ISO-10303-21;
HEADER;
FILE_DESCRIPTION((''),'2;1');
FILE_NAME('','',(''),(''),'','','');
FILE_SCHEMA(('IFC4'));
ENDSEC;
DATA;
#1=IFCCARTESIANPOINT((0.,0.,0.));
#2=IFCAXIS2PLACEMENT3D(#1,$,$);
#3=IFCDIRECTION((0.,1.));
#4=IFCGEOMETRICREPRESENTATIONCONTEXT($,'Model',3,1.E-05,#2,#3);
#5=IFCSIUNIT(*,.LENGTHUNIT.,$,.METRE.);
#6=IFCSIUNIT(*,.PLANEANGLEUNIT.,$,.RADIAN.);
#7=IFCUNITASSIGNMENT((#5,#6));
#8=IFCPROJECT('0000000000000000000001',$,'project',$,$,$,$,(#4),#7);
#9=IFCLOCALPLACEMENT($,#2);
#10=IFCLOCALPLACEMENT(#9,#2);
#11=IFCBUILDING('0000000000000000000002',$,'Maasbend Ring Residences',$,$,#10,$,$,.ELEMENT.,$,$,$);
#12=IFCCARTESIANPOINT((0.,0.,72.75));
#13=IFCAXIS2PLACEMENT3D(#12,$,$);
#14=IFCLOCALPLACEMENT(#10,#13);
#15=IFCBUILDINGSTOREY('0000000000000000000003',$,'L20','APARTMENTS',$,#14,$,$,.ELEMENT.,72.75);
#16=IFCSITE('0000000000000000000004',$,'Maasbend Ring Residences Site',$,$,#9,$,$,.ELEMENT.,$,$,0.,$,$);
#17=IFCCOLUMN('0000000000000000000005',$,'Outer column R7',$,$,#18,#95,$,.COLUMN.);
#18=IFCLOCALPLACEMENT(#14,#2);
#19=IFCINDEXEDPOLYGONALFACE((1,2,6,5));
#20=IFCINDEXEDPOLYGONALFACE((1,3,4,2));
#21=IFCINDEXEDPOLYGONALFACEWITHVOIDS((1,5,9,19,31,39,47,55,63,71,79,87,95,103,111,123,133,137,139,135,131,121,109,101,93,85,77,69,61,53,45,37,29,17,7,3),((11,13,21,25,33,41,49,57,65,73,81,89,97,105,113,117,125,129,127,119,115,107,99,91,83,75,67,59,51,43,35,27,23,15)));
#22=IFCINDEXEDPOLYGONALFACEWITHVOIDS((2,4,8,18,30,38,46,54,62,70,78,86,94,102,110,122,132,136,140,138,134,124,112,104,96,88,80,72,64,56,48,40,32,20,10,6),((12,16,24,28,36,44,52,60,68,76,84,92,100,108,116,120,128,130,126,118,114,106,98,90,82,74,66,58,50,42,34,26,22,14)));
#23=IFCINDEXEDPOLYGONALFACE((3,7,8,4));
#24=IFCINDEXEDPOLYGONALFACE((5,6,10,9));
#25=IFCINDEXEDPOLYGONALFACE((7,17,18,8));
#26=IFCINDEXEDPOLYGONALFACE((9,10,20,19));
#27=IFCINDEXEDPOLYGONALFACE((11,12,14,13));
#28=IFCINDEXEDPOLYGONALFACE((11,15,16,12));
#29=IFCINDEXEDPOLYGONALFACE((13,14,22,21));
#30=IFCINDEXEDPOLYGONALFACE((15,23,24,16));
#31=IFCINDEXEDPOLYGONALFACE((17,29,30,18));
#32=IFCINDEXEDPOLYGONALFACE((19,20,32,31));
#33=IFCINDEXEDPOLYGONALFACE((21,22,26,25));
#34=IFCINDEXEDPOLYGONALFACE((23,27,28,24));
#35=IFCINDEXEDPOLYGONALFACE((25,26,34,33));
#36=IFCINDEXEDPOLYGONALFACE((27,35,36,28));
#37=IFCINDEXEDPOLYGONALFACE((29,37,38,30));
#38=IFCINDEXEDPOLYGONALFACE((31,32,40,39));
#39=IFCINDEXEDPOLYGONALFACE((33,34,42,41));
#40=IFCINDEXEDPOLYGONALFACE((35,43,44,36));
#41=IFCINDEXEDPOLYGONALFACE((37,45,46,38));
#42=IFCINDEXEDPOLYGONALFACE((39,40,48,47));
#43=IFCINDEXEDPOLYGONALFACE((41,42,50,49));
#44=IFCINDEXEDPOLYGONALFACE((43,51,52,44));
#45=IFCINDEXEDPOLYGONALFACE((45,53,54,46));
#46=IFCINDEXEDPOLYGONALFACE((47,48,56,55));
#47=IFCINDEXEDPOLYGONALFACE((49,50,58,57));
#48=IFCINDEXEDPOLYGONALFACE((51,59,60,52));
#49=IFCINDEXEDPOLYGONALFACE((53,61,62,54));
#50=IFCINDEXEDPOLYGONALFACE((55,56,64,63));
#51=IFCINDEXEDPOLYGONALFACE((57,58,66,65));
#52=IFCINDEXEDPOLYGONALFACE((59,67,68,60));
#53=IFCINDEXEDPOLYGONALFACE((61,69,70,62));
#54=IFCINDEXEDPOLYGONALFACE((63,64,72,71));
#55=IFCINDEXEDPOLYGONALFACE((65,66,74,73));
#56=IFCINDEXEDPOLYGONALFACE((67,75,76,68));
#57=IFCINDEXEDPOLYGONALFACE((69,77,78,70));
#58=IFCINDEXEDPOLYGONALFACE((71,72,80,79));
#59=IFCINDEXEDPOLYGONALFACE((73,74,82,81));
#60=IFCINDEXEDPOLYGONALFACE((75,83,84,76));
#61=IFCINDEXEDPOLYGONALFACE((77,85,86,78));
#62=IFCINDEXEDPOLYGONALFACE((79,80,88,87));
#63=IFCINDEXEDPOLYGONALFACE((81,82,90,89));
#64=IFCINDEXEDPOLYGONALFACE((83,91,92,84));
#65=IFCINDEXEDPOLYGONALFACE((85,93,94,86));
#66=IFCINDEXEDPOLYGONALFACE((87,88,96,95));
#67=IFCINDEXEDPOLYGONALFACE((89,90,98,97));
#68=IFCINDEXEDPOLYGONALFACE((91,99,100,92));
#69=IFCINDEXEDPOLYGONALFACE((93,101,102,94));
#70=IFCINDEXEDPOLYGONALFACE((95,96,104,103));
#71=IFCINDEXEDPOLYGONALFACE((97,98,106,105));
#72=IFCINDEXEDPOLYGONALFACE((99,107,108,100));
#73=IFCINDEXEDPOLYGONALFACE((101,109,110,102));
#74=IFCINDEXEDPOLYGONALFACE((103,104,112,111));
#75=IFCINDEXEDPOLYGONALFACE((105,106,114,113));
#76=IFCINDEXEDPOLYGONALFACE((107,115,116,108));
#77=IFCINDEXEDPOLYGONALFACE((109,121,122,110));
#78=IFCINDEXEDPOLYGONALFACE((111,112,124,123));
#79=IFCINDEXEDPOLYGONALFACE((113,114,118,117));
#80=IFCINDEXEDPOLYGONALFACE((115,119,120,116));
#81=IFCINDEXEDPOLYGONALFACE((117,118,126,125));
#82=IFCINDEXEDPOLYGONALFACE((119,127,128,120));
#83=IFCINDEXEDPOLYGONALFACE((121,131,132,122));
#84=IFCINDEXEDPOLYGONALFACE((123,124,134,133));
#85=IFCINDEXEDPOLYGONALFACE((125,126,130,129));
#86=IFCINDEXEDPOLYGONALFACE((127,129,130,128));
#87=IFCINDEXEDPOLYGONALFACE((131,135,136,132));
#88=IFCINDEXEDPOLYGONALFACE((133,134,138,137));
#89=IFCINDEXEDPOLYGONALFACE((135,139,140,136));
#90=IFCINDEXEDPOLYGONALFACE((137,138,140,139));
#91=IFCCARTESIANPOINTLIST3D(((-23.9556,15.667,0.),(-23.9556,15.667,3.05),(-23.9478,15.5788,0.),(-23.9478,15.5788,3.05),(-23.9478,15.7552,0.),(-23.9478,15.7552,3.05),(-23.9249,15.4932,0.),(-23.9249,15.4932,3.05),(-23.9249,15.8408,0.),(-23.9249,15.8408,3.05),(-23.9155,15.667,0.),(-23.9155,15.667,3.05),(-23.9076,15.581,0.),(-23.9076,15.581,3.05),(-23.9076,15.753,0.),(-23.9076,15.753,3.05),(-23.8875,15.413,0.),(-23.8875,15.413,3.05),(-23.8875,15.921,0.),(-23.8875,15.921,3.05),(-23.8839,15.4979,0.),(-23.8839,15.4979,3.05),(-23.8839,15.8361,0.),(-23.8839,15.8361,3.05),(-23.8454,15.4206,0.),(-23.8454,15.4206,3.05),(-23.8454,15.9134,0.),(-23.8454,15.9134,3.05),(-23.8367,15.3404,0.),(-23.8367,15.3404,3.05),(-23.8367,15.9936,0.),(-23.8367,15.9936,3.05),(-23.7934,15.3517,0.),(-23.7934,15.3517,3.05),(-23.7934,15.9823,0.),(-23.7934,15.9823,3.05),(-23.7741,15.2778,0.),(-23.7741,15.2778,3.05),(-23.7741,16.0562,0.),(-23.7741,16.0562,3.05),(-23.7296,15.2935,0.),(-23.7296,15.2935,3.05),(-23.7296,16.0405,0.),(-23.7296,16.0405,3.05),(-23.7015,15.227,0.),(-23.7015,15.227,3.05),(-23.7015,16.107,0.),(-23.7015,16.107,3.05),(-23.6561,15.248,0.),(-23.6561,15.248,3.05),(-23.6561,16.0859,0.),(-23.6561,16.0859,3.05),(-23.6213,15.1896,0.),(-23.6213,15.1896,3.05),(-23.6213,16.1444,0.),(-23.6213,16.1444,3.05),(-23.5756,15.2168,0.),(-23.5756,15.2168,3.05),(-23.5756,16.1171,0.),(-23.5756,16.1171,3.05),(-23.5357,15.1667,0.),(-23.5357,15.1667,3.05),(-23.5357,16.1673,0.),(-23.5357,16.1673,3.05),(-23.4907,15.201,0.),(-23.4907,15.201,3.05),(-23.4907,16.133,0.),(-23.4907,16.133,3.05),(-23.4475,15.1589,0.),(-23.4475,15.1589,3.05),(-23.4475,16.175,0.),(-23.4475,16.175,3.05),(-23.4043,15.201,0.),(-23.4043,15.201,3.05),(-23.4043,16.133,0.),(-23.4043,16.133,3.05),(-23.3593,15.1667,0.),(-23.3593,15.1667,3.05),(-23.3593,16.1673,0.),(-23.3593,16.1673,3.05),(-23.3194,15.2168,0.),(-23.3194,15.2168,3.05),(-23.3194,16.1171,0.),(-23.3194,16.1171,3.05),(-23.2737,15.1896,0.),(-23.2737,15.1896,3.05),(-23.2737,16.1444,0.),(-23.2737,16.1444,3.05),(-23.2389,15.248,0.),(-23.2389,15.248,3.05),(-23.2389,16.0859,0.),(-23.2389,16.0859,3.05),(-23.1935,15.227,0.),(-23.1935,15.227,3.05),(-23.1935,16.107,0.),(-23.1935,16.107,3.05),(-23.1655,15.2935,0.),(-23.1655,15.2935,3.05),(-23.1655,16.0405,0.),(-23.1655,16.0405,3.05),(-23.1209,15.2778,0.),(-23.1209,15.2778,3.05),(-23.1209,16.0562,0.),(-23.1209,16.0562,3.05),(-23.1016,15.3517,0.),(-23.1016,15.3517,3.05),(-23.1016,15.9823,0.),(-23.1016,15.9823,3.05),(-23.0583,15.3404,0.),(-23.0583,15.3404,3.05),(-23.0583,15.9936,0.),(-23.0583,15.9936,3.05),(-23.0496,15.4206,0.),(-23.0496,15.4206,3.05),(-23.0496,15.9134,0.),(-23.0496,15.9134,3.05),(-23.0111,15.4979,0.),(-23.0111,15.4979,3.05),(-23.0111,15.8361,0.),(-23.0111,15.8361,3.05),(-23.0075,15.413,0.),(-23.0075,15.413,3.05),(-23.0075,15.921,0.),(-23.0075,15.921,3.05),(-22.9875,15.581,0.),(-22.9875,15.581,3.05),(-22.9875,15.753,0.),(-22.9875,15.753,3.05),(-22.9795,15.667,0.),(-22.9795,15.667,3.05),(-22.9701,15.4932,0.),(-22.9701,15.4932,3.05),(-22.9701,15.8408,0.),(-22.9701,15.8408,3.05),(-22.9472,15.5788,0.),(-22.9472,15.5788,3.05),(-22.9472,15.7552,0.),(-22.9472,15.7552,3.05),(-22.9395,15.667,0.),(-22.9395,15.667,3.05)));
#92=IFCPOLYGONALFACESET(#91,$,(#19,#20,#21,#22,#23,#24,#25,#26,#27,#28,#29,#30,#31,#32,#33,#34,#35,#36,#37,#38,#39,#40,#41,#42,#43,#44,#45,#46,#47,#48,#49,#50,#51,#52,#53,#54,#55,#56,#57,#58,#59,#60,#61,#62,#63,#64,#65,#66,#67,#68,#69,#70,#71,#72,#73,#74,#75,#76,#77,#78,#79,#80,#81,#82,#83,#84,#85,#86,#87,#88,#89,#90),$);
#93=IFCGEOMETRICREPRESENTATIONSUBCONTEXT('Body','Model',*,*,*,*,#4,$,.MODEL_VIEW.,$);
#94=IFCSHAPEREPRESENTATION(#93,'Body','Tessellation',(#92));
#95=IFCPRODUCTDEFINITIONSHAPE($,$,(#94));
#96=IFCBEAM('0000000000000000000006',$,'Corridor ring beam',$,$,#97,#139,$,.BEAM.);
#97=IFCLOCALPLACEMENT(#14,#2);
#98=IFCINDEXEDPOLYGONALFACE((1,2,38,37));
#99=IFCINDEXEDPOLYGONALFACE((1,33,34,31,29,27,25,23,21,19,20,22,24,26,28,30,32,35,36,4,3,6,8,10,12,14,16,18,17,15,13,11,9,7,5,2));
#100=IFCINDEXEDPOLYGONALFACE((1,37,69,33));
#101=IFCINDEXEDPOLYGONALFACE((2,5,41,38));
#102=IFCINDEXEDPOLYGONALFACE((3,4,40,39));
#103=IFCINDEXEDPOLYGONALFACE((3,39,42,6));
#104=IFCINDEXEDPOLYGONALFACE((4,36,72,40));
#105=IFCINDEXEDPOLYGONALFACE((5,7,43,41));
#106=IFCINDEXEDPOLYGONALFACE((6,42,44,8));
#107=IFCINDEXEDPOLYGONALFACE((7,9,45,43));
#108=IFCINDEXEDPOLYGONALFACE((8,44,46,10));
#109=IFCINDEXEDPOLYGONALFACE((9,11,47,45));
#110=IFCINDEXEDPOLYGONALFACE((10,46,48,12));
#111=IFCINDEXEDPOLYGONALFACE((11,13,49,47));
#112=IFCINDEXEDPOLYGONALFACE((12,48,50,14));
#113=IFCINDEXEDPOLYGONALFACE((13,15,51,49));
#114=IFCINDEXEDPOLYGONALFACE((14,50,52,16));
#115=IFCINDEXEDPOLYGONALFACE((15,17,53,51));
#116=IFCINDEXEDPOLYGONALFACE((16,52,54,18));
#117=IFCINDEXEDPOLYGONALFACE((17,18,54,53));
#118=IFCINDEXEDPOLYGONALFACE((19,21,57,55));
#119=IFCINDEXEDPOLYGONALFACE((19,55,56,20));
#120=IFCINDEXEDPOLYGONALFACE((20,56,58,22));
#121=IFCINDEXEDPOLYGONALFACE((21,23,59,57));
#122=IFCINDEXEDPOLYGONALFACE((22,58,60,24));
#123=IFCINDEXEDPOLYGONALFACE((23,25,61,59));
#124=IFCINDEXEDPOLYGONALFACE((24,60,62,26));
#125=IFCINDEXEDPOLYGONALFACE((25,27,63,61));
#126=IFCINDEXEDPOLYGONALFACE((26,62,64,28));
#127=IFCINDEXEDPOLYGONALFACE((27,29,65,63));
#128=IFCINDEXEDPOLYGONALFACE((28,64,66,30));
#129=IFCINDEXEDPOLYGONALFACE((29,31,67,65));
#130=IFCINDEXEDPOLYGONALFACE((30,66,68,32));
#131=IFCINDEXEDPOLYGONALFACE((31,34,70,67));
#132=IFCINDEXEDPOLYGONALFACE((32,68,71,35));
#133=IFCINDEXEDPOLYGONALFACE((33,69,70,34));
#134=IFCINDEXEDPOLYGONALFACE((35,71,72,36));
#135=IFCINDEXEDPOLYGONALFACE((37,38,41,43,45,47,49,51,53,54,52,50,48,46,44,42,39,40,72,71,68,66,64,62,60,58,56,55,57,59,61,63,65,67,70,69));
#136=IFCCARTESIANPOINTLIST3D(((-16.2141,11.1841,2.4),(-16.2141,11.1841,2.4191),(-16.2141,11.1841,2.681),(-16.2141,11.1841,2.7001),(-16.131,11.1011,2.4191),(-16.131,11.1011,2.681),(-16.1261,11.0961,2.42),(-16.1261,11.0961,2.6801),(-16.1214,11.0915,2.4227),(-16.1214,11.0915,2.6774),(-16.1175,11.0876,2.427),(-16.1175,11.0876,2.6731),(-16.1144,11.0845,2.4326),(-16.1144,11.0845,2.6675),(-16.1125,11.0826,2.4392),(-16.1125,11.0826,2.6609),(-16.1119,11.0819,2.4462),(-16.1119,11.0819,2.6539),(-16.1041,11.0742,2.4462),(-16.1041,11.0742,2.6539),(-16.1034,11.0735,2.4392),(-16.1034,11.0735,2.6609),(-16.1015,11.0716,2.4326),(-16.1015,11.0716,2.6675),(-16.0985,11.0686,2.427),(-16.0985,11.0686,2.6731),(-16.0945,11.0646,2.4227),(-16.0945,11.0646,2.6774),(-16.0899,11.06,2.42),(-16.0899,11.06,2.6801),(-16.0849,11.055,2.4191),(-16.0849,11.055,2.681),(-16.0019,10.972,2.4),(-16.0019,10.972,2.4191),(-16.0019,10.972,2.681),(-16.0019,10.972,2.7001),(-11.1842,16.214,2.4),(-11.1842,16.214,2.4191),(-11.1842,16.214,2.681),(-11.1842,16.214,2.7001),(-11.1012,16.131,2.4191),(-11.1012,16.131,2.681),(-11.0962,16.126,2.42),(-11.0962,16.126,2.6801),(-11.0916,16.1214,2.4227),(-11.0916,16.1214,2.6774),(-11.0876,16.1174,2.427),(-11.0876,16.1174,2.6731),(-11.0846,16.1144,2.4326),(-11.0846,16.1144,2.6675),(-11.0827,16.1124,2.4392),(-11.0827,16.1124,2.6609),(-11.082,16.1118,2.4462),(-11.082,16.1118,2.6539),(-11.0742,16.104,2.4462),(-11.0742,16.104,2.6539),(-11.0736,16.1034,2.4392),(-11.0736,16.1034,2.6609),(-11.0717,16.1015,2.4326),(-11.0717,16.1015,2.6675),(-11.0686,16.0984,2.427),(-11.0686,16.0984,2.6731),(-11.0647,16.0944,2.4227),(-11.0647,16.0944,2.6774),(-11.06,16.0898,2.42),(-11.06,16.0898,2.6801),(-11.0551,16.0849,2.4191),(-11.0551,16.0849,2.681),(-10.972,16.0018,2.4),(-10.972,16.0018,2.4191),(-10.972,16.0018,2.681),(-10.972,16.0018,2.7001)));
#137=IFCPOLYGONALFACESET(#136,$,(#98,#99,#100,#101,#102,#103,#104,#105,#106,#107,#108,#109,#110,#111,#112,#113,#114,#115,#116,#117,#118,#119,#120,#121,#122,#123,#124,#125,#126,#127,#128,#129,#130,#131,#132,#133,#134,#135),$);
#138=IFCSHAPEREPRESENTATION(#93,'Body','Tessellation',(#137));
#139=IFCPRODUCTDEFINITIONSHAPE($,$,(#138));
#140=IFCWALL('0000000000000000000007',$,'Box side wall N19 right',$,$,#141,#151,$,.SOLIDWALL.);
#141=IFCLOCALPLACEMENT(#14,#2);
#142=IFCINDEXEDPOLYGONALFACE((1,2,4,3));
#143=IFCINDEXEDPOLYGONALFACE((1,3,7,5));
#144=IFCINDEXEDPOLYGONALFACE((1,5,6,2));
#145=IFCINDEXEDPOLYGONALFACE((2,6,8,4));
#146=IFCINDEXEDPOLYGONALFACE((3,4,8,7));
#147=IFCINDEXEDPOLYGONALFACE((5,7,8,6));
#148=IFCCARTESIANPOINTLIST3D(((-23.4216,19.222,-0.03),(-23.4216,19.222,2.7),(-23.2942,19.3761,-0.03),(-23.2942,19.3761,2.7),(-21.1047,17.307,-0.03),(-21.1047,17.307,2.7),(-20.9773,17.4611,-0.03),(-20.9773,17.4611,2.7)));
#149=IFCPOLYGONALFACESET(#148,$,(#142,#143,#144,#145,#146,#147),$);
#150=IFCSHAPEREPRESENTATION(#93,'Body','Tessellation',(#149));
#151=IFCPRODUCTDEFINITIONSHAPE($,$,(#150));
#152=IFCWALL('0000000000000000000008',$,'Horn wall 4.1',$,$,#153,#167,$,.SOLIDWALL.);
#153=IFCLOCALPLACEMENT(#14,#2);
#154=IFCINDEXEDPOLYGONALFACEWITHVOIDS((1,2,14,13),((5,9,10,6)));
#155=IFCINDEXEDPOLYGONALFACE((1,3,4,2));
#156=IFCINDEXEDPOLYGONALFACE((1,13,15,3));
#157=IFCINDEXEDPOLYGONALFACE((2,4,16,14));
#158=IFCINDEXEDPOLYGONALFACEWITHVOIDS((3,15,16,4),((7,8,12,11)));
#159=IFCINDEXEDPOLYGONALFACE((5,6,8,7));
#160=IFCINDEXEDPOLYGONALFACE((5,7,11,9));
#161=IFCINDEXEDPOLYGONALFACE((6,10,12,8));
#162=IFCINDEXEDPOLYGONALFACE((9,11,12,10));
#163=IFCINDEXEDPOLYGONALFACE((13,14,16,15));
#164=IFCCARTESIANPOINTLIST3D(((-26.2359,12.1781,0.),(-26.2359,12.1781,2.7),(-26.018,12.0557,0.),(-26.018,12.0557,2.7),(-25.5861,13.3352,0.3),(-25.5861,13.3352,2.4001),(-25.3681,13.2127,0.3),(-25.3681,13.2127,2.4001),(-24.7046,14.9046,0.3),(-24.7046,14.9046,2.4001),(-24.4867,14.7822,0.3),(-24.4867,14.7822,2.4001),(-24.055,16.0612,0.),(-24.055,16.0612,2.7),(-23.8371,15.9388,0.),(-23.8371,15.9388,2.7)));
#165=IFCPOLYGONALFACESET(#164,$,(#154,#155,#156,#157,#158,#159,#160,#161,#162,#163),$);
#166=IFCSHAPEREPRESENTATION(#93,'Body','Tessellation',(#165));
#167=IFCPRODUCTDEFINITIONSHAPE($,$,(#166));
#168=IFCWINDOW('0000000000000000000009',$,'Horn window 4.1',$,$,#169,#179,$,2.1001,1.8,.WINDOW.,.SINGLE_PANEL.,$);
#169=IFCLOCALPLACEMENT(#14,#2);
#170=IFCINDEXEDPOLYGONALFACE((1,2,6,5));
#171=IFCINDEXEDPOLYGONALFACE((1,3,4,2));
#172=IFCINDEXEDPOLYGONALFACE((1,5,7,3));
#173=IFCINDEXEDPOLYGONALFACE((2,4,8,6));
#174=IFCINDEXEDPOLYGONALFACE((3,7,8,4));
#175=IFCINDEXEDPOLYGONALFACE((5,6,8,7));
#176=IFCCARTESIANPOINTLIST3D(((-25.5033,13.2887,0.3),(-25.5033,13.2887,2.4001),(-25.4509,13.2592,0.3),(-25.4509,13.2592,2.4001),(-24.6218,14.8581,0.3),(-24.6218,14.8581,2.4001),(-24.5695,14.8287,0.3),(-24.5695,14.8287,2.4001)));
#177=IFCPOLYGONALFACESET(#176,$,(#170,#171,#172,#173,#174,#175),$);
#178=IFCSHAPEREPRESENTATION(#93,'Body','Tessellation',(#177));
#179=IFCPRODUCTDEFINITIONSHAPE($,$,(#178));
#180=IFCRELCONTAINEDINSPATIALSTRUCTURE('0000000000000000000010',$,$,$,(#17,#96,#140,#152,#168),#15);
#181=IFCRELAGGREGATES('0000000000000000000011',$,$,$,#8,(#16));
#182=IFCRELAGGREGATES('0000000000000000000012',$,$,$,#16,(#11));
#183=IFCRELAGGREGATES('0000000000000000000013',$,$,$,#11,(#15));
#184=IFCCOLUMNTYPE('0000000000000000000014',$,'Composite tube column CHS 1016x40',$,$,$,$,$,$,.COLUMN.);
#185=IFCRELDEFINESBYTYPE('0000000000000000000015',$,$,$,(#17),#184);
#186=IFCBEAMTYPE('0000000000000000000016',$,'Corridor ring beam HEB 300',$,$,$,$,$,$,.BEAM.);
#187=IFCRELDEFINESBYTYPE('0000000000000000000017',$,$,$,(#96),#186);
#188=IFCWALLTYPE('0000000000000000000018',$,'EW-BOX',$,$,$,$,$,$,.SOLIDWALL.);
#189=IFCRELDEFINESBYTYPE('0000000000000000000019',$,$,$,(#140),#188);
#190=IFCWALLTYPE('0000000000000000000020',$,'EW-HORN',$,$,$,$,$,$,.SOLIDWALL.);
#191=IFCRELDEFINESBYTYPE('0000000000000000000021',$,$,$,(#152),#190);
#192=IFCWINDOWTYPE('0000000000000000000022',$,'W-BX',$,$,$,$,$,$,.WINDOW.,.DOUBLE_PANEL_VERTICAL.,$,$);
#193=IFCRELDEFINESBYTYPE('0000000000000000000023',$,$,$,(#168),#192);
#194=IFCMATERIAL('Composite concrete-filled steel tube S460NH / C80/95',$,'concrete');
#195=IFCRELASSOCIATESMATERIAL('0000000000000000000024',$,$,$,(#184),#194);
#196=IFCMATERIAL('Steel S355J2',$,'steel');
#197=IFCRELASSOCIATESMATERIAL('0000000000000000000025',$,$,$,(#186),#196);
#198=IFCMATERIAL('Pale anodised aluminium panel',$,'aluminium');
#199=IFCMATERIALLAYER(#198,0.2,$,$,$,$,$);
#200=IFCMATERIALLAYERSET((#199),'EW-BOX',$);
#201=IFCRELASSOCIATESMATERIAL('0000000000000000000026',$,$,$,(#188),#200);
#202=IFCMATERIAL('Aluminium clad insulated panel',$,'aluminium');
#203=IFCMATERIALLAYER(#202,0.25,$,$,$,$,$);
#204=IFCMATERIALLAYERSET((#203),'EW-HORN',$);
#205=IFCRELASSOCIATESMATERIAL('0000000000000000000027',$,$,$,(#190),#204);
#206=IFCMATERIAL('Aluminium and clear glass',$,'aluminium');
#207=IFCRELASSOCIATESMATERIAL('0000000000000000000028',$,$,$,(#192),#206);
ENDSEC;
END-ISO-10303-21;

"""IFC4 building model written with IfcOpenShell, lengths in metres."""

from ifc_helpers import new_model, si_unit, direction, frame, frame_2d, origin, origin_2d, place, context, subcontext, project, spatial, rectangle, hollow_circle, i_section, extrude, material, layer, layer_set, material_profile, profile_set, type_object, element, fill, save


model = new_model("IFC4")

# Units and contexts
model_context = context("Model", 3, precision=1e-05, world=origin(), true_north=direction((0.0, 1.0)))
body_context = subcontext(model_context, "Body", "Model", "MODEL_VIEW")
ifc_project = project(units=[si_unit("LENGTHUNIT", "METRE"), si_unit("PLANEANGLEUNIT", "RADIAN")], contexts=[model_context])

# Site, building, storey
site_placement = place(None, origin())
site = spatial("IfcSite", under=ifc_project, at=site_placement, Name="Maasbend Ring Residences Site", CompositionType="ELEMENT", RefElevation=0.0)
building_placement = place(site_placement, origin())
building = spatial("IfcBuilding", under=site, at=building_placement, Name="Maasbend Ring Residences", CompositionType="ELEMENT")
storey_placement = place(building_placement, frame((0.0, 0.0, 72.75)))
storey = spatial("IfcBuildingStorey", under=building, at=storey_placement, Name="L20", Description="APARTMENTS", CompositionType="ELEMENT", Elevation=72.75)

# Column
ifc_material_1 = material(Name="Composite concrete-filled steel tube S460NH / C80/95", Category="concrete")
ifc_material_profile_1 = material_profile(ifc_material_1, hollow_circle(Radius=0.5081, WallThickness=0.04, at=origin_2d()), Name="Composite tube column CHS 1016x40")
ifc_profile_set_1 = profile_set([ifc_material_profile_1], Name="Composite concrete-filled steel tube S460NH / C80/95")
column_type = type_object("IfcColumnType", Name="Composite tube column CHS 1016x40", PredefinedType="COLUMN", material=ifc_profile_set_1)
column_placement = place(storey_placement, frame((-23.4475, 15.667, 0.0), z_axis=(0.0, 0.0, 1.0), x_axis=(1.0, 0.0, 0.0)))
element("IfcColumn", 1, at=column_placement, inside=storey, type_object=column_type, Name="Outer column R7", PredefinedType="COLUMN", context=body_context, shape_type="SweptSolid", body=[
    extrude(hollow_circle(Radius=0.5081, WallThickness=0.04, at=origin_2d()), origin(), (0.0, 0.0, 1.0), 3.05),
])

# Beam
ifc_material_2 = material(Name="Steel S355J2", Category="steel")
ifc_material_profile_2 = material_profile(ifc_material_2, i_section(OverallWidth=0.3, OverallDepth=0.3, WebThickness=0.011, FlangeThickness=0.019, FilletRadius=0.0271, at=origin_2d()), Name="HEB 300")
ifc_profile_set_2 = profile_set([ifc_material_profile_2], Name="Steel S355J2")
beam_type = type_object("IfcBeamType", Name="Corridor ring beam HEB 300", PredefinedType="BEAM", material=ifc_profile_set_2)
beam_placement = place(storey_placement, frame((-11.0781, 16.1079, 2.55), z_axis=(-0.707107, -0.707107, 0.0), x_axis=(0.707107, -0.707107, 0.0)))
element("IfcBeam", 2, at=beam_placement, inside=storey, type_object=beam_type, Name="Corridor ring beam", PredefinedType="BEAM", context=body_context, shape_type="SweptSolid", body=[
    extrude(i_section(OverallWidth=0.3, OverallDepth=0.3, WebThickness=0.011, FlangeThickness=0.019, FilletRadius=0.0271, at=origin_2d()), origin(), (0.0, 0.0, 1.0), 7.1133),
])

# Wall
ifc_material_3 = material(Name="Pale anodised aluminium panel", Category="aluminium")
ifc_layer_1 = layer(ifc_material_3, 0.2)
ifc_layer_set_1 = layer_set([ifc_layer_1], Name="EW-BOX")
wall_type_1 = type_object("IfcWallType", Name="EW-BOX", PredefinedType="SOLIDWALL", material=ifc_layer_set_1)
wall_1_placement = place(storey_placement, frame((-21.041, 17.384, -0.03), z_axis=(0.0, 0.0, 1.0), x_axis=(-0.770785, 0.637096, 0.0)))
element("IfcWall", 3, at=wall_1_placement, inside=storey, type_object=wall_type_1, Name="Box side wall N19 right", PredefinedType="SOLIDWALL", context=body_context, shape_type="SweptSolid", body=[
    extrude(rectangle(XDim=3.0059, YDim=0.2, at=frame_2d((1.5029, 0.0))), origin(), (0.0, 0.0, 1.0), 2.73),
])

# Wall, opening, window
ifc_material_4 = material(Name="Aluminium clad insulated panel", Category="aluminium")
ifc_layer_2 = layer(ifc_material_4, 0.25)
ifc_layer_set_2 = layer_set([ifc_layer_2], Name="EW-HORN")
wall_type_2 = type_object("IfcWallType", Name="EW-HORN", PredefinedType="SOLIDWALL", material=ifc_layer_set_2)
wall_2_placement = place(storey_placement, frame((-23.946, 16.0, 0.0), z_axis=(0.0, 0.0, 1.0), x_axis=(-0.489696, -0.871893, 0.0)))
wall_2 = element("IfcWall", 4, at=wall_2_placement, inside=storey, type_object=wall_type_2, Name="Horn wall 4.1", PredefinedType="SOLIDWALL", context=body_context, shape_type="SweptSolid", body=[
    extrude(rectangle(XDim=4.4536, YDim=0.25, at=frame_2d((2.2268, 0.0))), origin(), (0.0, 0.0, 1.0), 2.7),
])
opening_1_placement = place(wall_2_placement, frame((1.3267, 0.0, 0.3)))
opening_1 = element("IfcOpeningElement", 5, at=opening_1_placement, cuts=wall_2, PredefinedType="OPENING", context=body_context, shape_type="SweptSolid", body=[
    extrude(rectangle(XDim=1.8, YDim=2.1001, at=frame_2d((0.8999, 1.05))), frame((0.0, 0.135, 0.0), z_axis=(0.0, -1.0, 0.0), x_axis=(1.0, 0.0, 0.0)), (0.0, 0.0, 1.0), 0.27),
])
ifc_material_5 = material(Name="Aluminium and clear glass", Category="aluminium")
window_type = type_object("IfcWindowType", Name="W-BX", PartitioningType="DOUBLE_PANEL_VERTICAL", PredefinedType="WINDOW", material=ifc_material_5)
window_1_placement = place(opening_1_placement, origin())
window_1 = element("IfcWindow", 6, at=window_1_placement, inside=storey, type_object=window_type, Name="Horn window 4.1", OverallHeight=2.1001, OverallWidth=1.8, PartitioningType="SINGLE_PANEL", PredefinedType="WINDOW", context=body_context, shape_type="SweptSolid", body=[
    extrude(rectangle(XDim=1.8, YDim=2.1001, at=frame_2d((0.8999, 1.05))), frame((0.0, 0.03, 0.0), z_axis=(0.0, -1.0, 0.0), x_axis=(1.0, 0.0, 0.0)), (0.0, 0.0, 1.0), 0.0601),
])
fill(opening_1, window_1)

save(model, "model.ifc")
